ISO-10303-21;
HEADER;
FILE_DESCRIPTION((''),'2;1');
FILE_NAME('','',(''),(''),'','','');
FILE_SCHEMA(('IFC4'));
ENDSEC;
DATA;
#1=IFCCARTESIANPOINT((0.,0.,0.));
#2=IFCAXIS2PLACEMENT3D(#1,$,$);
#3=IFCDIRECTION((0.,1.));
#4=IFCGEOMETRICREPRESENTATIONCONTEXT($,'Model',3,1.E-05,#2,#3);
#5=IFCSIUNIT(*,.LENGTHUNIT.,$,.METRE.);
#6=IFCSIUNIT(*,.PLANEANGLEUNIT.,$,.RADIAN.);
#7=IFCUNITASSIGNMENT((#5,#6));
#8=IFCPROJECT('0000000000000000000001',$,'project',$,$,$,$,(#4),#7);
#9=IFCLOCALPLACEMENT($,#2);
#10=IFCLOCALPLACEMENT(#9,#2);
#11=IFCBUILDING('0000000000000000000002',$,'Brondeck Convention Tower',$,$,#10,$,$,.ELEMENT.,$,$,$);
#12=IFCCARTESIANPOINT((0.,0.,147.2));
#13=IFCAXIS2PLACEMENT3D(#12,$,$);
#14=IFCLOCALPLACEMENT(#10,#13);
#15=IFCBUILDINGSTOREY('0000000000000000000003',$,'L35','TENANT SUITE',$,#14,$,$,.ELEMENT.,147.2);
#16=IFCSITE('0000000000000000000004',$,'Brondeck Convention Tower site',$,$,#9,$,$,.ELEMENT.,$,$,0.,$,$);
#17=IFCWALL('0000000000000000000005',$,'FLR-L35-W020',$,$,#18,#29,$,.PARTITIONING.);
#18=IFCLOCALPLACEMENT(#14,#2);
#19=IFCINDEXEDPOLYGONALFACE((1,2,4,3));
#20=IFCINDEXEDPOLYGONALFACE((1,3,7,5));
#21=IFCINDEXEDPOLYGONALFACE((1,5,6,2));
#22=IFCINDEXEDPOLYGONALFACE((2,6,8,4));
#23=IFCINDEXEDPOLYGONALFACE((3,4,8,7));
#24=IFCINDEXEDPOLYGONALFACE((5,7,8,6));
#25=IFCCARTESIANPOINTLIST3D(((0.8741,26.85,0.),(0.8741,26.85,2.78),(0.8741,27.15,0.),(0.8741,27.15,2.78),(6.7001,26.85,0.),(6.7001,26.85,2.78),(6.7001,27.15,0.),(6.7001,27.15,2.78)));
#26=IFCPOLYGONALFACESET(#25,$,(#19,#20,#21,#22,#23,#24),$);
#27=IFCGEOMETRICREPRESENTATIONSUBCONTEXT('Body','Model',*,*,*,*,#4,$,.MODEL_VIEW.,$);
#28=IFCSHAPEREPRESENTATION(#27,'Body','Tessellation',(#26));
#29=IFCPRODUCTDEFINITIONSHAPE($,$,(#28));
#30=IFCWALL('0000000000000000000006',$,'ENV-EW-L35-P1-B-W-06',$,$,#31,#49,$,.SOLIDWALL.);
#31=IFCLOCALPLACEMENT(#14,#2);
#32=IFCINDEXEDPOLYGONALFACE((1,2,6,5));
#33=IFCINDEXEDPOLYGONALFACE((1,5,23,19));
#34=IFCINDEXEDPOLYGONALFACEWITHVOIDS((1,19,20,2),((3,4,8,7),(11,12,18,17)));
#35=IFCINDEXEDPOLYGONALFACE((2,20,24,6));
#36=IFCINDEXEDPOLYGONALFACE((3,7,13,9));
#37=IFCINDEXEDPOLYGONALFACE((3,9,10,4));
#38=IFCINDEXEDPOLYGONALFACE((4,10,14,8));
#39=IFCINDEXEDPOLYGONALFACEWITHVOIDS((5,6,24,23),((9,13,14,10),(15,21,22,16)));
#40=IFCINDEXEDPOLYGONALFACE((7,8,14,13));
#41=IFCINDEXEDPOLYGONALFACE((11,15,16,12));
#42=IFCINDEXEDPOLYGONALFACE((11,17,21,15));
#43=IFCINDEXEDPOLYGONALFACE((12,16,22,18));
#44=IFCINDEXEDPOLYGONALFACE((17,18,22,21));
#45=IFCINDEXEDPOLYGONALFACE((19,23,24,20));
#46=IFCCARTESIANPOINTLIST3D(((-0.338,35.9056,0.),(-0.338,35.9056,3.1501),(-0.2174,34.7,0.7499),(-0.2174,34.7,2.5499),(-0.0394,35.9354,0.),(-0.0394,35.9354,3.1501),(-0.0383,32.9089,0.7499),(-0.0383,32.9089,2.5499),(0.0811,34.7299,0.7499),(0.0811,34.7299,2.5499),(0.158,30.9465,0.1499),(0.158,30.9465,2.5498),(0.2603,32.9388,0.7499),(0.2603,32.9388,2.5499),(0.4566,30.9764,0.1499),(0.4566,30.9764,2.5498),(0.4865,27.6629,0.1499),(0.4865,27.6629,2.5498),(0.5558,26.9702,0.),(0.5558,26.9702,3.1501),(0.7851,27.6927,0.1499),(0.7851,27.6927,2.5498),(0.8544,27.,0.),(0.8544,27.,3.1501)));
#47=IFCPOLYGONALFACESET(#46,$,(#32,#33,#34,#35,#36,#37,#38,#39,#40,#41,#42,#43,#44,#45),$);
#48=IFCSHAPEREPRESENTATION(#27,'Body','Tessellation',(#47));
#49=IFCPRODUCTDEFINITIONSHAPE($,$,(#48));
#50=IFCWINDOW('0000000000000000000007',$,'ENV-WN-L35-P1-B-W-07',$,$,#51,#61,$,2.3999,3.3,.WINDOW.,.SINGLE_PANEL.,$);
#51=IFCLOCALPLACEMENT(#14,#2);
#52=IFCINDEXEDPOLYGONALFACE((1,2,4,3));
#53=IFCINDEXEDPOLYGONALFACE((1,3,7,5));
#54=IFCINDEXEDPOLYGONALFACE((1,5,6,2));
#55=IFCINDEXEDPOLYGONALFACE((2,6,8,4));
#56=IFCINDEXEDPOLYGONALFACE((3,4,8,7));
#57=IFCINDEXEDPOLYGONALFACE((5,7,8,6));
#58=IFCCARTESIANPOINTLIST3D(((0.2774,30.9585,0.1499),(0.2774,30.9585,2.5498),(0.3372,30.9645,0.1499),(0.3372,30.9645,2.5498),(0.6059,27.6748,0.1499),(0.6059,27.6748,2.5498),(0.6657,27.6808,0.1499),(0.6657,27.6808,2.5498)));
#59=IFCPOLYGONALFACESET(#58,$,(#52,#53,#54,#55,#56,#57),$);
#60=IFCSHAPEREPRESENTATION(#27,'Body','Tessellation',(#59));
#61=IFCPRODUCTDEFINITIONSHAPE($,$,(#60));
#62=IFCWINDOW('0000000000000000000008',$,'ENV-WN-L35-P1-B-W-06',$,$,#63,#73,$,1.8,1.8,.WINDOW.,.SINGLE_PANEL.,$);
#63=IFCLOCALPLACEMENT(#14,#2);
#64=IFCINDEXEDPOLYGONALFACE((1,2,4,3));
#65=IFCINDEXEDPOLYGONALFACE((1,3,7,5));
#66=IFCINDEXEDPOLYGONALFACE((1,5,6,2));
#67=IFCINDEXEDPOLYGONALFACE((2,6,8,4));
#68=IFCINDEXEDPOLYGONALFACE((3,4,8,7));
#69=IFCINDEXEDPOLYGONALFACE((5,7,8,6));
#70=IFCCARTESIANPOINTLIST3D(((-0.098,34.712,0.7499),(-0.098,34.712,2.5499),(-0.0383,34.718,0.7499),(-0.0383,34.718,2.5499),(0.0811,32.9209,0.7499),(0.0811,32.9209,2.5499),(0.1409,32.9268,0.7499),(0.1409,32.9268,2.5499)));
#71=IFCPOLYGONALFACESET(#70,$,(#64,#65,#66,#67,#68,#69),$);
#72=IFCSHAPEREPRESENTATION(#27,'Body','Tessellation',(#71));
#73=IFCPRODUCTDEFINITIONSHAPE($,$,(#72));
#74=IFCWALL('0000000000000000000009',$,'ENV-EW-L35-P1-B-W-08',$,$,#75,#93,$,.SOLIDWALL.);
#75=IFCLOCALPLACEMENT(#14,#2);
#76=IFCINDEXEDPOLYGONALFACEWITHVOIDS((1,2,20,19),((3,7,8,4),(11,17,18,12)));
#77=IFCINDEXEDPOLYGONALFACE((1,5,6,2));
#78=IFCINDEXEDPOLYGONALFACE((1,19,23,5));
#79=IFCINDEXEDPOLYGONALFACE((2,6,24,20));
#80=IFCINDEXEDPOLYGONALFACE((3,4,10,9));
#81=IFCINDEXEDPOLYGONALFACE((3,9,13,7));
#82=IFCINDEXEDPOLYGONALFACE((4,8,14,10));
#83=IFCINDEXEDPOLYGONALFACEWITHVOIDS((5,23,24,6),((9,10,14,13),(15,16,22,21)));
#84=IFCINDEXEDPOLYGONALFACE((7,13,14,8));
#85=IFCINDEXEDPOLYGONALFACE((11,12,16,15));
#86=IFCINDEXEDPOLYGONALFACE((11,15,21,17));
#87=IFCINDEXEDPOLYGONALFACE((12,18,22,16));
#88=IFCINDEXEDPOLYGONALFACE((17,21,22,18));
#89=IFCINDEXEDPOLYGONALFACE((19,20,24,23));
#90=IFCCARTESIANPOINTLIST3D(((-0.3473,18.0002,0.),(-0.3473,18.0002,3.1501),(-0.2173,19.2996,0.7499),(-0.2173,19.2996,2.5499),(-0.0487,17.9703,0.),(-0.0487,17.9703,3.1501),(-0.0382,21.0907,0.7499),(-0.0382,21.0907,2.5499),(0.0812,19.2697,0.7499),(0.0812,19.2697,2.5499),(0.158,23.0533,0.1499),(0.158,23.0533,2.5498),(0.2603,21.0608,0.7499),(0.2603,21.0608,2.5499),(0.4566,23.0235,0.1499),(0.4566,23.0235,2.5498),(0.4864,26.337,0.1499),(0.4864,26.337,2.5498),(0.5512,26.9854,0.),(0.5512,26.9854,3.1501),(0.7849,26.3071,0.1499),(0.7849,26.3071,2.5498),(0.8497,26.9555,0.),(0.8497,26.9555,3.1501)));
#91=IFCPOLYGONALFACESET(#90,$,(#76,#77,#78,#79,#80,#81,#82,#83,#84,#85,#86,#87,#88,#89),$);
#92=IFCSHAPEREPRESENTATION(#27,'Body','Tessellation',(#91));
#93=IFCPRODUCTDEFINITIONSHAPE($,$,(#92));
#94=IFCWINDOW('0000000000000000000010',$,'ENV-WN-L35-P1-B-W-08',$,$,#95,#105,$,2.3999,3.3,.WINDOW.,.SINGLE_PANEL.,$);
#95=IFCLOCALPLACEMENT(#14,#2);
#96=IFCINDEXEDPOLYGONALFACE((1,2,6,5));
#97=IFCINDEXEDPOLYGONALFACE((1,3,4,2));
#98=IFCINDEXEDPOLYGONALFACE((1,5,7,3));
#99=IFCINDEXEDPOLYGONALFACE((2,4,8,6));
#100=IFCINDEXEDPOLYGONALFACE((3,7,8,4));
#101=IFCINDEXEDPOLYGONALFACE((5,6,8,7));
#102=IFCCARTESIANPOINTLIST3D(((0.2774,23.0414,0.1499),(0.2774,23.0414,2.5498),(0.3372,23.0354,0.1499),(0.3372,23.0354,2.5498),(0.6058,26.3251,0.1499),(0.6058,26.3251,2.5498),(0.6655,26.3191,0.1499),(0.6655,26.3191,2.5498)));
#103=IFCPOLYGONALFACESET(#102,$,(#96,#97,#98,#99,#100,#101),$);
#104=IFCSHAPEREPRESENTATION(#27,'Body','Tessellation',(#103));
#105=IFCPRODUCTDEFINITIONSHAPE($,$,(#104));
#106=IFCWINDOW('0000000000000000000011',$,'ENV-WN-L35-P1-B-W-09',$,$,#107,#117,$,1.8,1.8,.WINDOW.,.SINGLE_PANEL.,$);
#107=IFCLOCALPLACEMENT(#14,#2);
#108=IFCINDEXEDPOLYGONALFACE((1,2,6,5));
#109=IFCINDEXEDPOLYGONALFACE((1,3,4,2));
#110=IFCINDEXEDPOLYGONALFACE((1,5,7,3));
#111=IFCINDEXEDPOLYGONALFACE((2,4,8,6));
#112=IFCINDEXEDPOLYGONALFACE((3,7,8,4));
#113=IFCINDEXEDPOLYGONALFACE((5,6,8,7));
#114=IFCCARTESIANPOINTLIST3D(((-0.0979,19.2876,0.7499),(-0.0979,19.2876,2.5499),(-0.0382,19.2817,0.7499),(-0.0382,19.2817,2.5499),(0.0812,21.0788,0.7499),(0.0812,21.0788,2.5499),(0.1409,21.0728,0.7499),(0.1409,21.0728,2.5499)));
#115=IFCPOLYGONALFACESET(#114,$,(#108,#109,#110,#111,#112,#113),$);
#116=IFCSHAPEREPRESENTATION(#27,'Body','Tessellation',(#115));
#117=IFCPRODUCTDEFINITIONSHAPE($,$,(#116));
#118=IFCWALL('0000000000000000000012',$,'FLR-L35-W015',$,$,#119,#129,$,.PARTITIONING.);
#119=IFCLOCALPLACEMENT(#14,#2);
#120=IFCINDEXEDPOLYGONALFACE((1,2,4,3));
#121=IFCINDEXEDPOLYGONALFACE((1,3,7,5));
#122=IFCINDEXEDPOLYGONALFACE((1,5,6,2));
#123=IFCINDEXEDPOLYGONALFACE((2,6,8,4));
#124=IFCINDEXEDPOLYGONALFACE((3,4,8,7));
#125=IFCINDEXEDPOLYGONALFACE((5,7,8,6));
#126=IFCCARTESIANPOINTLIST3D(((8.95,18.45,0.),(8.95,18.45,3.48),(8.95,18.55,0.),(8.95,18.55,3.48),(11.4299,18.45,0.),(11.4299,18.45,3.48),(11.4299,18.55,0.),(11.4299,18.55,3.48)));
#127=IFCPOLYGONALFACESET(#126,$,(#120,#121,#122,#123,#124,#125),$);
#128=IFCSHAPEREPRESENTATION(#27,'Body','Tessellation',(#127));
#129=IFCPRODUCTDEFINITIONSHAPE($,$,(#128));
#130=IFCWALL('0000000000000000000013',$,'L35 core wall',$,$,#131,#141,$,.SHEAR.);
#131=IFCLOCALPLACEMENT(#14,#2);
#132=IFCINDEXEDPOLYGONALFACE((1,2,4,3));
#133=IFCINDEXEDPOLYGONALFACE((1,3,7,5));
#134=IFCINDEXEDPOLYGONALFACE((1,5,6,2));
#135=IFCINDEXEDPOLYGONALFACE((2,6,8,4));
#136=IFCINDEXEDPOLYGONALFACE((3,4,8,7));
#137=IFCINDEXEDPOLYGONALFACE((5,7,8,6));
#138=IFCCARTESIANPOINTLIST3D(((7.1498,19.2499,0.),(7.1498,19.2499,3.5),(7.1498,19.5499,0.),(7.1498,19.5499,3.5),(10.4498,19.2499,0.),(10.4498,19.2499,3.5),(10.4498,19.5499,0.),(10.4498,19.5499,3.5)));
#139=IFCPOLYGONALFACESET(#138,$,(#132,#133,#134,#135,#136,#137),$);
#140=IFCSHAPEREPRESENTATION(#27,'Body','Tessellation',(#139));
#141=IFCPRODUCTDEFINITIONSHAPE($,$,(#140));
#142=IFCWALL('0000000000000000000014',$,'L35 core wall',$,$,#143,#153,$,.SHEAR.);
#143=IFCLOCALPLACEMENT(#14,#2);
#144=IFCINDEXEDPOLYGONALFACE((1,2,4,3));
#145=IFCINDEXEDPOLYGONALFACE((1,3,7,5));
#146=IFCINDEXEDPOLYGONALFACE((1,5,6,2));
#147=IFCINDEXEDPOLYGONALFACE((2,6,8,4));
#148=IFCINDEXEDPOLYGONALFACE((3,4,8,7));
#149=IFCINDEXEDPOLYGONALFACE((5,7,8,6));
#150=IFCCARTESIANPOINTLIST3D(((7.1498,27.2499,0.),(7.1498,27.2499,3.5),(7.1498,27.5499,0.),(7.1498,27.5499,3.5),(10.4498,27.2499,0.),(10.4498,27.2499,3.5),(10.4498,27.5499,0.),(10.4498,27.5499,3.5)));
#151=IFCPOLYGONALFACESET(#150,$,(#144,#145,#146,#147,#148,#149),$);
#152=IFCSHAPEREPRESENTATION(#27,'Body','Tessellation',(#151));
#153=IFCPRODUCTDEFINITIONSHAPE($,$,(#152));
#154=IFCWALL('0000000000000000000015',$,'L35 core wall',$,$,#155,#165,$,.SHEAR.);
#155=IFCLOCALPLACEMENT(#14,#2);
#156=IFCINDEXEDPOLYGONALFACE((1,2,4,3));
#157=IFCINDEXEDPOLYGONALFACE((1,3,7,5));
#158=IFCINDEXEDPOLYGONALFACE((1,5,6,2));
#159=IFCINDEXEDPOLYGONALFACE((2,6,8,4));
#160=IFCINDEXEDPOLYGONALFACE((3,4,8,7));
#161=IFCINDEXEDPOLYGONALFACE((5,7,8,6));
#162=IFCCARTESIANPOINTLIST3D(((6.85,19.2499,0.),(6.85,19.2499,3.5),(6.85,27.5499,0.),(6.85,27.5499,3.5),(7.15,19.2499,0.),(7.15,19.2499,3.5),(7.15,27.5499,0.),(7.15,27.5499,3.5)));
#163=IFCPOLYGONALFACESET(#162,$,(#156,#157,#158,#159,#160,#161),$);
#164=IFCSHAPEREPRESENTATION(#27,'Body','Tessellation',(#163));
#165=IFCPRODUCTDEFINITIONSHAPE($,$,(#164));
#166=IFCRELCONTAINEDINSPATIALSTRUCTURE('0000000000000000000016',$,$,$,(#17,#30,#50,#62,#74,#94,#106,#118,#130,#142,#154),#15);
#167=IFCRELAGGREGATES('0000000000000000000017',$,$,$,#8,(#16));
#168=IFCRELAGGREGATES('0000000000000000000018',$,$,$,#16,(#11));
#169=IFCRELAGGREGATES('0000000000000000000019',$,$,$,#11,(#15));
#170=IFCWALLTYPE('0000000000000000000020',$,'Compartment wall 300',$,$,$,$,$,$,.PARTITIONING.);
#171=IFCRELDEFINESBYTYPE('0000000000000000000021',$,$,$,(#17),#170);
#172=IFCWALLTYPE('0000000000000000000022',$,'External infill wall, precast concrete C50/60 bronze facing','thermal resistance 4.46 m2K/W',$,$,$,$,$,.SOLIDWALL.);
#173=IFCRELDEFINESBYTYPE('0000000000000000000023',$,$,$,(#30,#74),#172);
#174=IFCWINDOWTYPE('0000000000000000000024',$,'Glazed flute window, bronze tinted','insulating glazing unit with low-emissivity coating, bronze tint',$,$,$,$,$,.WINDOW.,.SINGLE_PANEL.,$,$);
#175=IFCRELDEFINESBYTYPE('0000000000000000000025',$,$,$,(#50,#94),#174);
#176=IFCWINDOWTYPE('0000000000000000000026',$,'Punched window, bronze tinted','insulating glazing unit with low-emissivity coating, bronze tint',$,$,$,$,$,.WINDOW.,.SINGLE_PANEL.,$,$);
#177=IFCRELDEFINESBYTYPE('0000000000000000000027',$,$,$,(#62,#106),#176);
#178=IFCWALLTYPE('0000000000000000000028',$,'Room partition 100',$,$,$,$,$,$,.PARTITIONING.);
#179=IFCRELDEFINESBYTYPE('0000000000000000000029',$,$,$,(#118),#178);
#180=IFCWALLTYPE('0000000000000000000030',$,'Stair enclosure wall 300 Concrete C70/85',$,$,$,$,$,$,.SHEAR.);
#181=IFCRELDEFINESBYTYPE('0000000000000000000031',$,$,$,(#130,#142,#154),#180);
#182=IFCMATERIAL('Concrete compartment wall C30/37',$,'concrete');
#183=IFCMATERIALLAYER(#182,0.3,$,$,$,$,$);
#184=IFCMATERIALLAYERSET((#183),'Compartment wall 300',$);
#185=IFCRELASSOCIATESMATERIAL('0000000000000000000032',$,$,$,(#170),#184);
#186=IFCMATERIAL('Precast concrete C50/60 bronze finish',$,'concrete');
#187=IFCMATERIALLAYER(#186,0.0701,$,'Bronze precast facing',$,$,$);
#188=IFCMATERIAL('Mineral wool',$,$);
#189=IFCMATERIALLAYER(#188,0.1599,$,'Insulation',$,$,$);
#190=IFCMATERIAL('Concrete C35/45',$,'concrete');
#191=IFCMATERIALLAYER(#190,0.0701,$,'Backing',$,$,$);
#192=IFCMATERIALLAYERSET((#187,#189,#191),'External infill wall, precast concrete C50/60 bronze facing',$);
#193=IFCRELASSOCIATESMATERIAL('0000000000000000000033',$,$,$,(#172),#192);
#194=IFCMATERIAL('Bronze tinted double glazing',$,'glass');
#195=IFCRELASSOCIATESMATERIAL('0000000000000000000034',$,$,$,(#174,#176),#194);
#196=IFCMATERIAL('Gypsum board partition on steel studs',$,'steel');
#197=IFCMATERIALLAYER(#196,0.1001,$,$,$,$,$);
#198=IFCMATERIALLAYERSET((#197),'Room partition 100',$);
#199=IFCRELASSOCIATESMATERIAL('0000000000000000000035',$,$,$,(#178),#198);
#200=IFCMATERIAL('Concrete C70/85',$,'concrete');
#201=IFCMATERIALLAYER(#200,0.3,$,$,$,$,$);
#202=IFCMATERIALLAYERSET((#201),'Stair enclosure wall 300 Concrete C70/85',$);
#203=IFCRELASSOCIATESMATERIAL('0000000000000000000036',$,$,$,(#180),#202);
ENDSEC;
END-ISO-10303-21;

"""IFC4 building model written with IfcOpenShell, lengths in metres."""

from ifc_helpers import new_model, si_unit, direction, frame, frame_2d, origin, place, context, subcontext, project, spatial, rectangle, extrude, material, layer, layer_set, type_object, element, fill, save


model = new_model("IFC4")

# Units and contexts
model_context = context("Model", 3, precision=1e-05, world=origin(), true_north=direction((0.0, 1.0)))
body_context = subcontext(model_context, "Body", "Model", "MODEL_VIEW")
ifc_project = project(units=[si_unit("LENGTHUNIT", "METRE"), si_unit("PLANEANGLEUNIT", "RADIAN")], contexts=[model_context])

# Site, building, storey
site_placement = place(None, origin())
site = spatial("IfcSite", under=ifc_project, at=site_placement, Name="Brondeck Convention Tower site", CompositionType="ELEMENT", RefElevation=0.0)
building_placement = place(site_placement, origin())
building = spatial("IfcBuilding", under=site, at=building_placement, Name="Brondeck Convention Tower", CompositionType="ELEMENT")
storey_placement = place(building_placement, frame((0.0, 0.0, 147.2)))
storey = spatial("IfcBuildingStorey", under=building, at=storey_placement, Name="L35", Description="TENANT SUITE", CompositionType="ELEMENT", Elevation=147.2)

# Shared definitions
ifc_material_1 = material(Name="Concrete C70/85", Category="concrete")

# Wall
ifc_material_2 = material(Name="Concrete compartment wall C30/37", Category="concrete")
ifc_layer_1 = layer(ifc_material_2, 0.3)
ifc_layer_set_1 = layer_set([ifc_layer_1], Name="Compartment wall 300")
wall_type_1 = type_object("IfcWallType", Name="Compartment wall 300", PredefinedType="PARTITIONING", material=ifc_layer_set_1)
wall_1_placement = place(storey_placement, frame((0.874, 27.0, 0.0), z_axis=(0.0, 0.0, 1.0), x_axis=(1.0, 0.0, 0.0)))
element("IfcWall", 1, at=wall_1_placement, inside=storey, type_object=wall_type_1, Name="FLR-L35-W020", PredefinedType="PARTITIONING", context=body_context, shape_type="SweptSolid", body=[
    extrude(rectangle(XDim=5.8259, YDim=0.3, at=frame_2d((2.9131, 0.0))), origin(), (0.0, 0.0, 1.0), 2.78),
])

# Walls, openings, windows
ifc_material_3 = material(Name="Precast concrete C50/60 bronze finish", Category="concrete")
ifc_layer_2 = layer(ifc_material_3, 0.0701, Name="Bronze precast facing")
ifc_material_4 = material(Name="Mineral wool")
ifc_layer_3 = layer(ifc_material_4, 0.1599, Name="Insulation")
ifc_material_5 = material(Name="Concrete C35/45", Category="concrete")
ifc_layer_4 = layer(ifc_material_5, 0.0701, Name="Backing")
ifc_layer_set_2 = layer_set([ifc_layer_2, ifc_layer_3, ifc_layer_4], Name="External infill wall, precast concrete C50/60 bronze facing")
wall_type_2 = type_object("IfcWallType", Name="External infill wall, precast concrete C50/60 bronze facing", Description="thermal resistance 4.46 m2K/W", PredefinedType="SOLIDWALL", material=ifc_layer_set_2)
wall_2_placement = place(storey_placement, frame((0.7051, 26.9851, 0.0), z_axis=(0.0, 0.0, 1.0), x_axis=(-0.099533, 0.995034, 0.0)))
wall_2 = element("IfcWall", 2, at=wall_2_placement, inside=storey, type_object=wall_type_2, Name="ENV-EW-L35-P1-B-W-06", PredefinedType="SOLIDWALL", context=body_context, shape_type="SweptSolid", body=[
    extrude(rectangle(XDim=8.98, YDim=0.3, at=frame_2d((4.49, 0.0))), origin(), (0.0, 0.0, 1.0), 3.1501),
])
opening_1_placement = place(wall_2_placement, frame((0.6963, 0.0, 0.1499)))
opening_1 = element("IfcOpeningElement", 3, at=opening_1_placement, cuts=wall_2, PredefinedType="OPENING", context=body_context, shape_type="SweptSolid", body=[
    extrude(rectangle(XDim=3.3, YDim=2.3999, at=frame_2d((1.6499, 1.2))), frame((0.0, 0.1599, 0.0), z_axis=(0.0, -1.0, 0.0), x_axis=(1.0, 0.0, 0.0)), (0.0, 0.0, 1.0), 0.3201),
])
opening_2_placement = place(wall_2_placement, frame((5.9685, 0.0, 0.75)))
opening_2 = element("IfcOpeningElement", 4, at=opening_2_placement, cuts=wall_2, PredefinedType="OPENING", context=body_context, shape_type="SweptSolid", body=[
    extrude(rectangle(XDim=1.8, YDim=1.8, at=frame_2d((0.8999, 0.8999))), frame((0.0, 0.1599, 0.0), z_axis=(0.0, -1.0, 0.0), x_axis=(1.0, 0.0, 0.0)), (0.0, 0.0, 1.0), 0.3201),
])
ifc_material_6 = material(Name="Bronze tinted double glazing", Category="glass")
window_type_1 = type_object("IfcWindowType", Name="Glazed flute window, bronze tinted", Description="insulating glazing unit with low-emissivity coating, bronze tint", PartitioningType="SINGLE_PANEL", PredefinedType="WINDOW", material=ifc_material_6)
window_1_placement = place(opening_1_placement, origin())
window_1 = element("IfcWindow", 5, at=window_1_placement, inside=storey, type_object=window_type_1, Name="ENV-WN-L35-P1-B-W-07", OverallHeight=2.3999, OverallWidth=3.3, PartitioningType="SINGLE_PANEL", PredefinedType="WINDOW", context=body_context, shape_type="SweptSolid", body=[
    extrude(rectangle(XDim=3.3, YDim=2.3999, at=frame_2d((1.6499, 1.2))), frame((0.0, 0.03, 0.0), z_axis=(0.0, -1.0, 0.0), x_axis=(1.0, 0.0, 0.0)), (0.0, 0.0, 1.0), 0.0601),
])
fill(opening_1, window_1)
window_type_2 = type_object("IfcWindowType", Name="Punched window, bronze tinted", Description="insulating glazing unit with low-emissivity coating, bronze tint", PartitioningType="SINGLE_PANEL", PredefinedType="WINDOW", material=ifc_material_6)
window_2_placement = place(opening_2_placement, origin())
window_2 = element("IfcWindow", 6, at=window_2_placement, inside=storey, type_object=window_type_2, Name="ENV-WN-L35-P1-B-W-06", OverallHeight=1.8, OverallWidth=1.8, PartitioningType="SINGLE_PANEL", PredefinedType="WINDOW", context=body_context, shape_type="SweptSolid", body=[
    extrude(rectangle(XDim=1.8, YDim=1.8, at=frame_2d((0.8999, 0.8999))), frame((0.0, 0.03, 0.0), z_axis=(0.0, -1.0, 0.0), x_axis=(1.0, 0.0, 0.0)), (0.0, 0.0, 1.0), 0.0601),
])
fill(opening_2, window_2)
wall_3_placement = place(storey_placement, frame((-0.198, 17.9851, 0.0), z_axis=(0.0, 0.0, 1.0), x_axis=(0.099496, 0.995038, 0.0)))
wall_3 = element("IfcWall", 7, at=wall_3_placement, inside=storey, type_object=wall_type_2, Name="ENV-EW-L35-P1-B-W-08", PredefinedType="SOLIDWALL", context=body_context, shape_type="SweptSolid", body=[
    extrude(rectangle(XDim=9.03, YDim=0.3, at=frame_2d((4.5151, 0.0))), origin(), (0.0, 0.0, 1.0), 3.1501),
])
opening_3_placement = place(wall_3_placement, frame((1.3062, 0.0, 0.75)))
opening_3 = element("IfcOpeningElement", 8, at=opening_3_placement, cuts=wall_3, PredefinedType="OPENING", context=body_context, shape_type="SweptSolid", body=[
    extrude(rectangle(XDim=1.8, YDim=1.8, at=frame_2d((0.8999, 0.8999))), frame((0.0, 0.1599, 0.0), z_axis=(0.0, -1.0, 0.0), x_axis=(1.0, 0.0, 0.0)), (0.0, 0.0, 1.0), 0.3201),
])
opening_4_placement = place(wall_3_placement, frame((5.0786, 0.0, 0.1499)))
opening_4 = element("IfcOpeningElement", 9, at=opening_4_placement, cuts=wall_3, PredefinedType="OPENING", context=body_context, shape_type="SweptSolid", body=[
    extrude(rectangle(XDim=3.3, YDim=2.3999, at=frame_2d((1.6499, 1.2))), frame((0.0, 0.1599, 0.0), z_axis=(0.0, -1.0, 0.0), x_axis=(1.0, 0.0, 0.0)), (0.0, 0.0, 1.0), 0.3201),
])
window_3_placement = place(opening_4_placement, origin())
window_3 = element("IfcWindow", 10, at=window_3_placement, inside=storey, type_object=window_type_1, Name="ENV-WN-L35-P1-B-W-08", OverallHeight=2.3999, OverallWidth=3.3, PartitioningType="SINGLE_PANEL", PredefinedType="WINDOW", context=body_context, shape_type="SweptSolid", body=[
    extrude(rectangle(XDim=3.3, YDim=2.3999, at=frame_2d((1.6499, 1.2))), frame((0.0, 0.03, 0.0), z_axis=(0.0, -1.0, 0.0), x_axis=(1.0, 0.0, 0.0)), (0.0, 0.0, 1.0), 0.0601),
])
fill(opening_4, window_3)
window_4_placement = place(opening_3_placement, origin())
window_4 = element("IfcWindow", 11, at=window_4_placement, inside=storey, type_object=window_type_2, Name="ENV-WN-L35-P1-B-W-09", OverallHeight=1.8, OverallWidth=1.8, PartitioningType="SINGLE_PANEL", PredefinedType="WINDOW", context=body_context, shape_type="SweptSolid", body=[
    extrude(rectangle(XDim=1.8, YDim=1.8, at=frame_2d((0.8999, 0.8999))), frame((0.0, 0.03, 0.0), z_axis=(0.0, -1.0, 0.0), x_axis=(1.0, 0.0, 0.0)), (0.0, 0.0, 1.0), 0.0601),
])
fill(opening_3, window_4)

# Walls
ifc_material_7 = material(Name="Gypsum board partition on steel studs", Category="steel")
ifc_layer_5 = layer(ifc_material_7, 0.1001)
ifc_layer_set_3 = layer_set([ifc_layer_5], Name="Room partition 100")
wall_type_3 = type_object("IfcWallType", Name="Room partition 100", PredefinedType="PARTITIONING", material=ifc_layer_set_3)
wall_4_placement = place(storey_placement, frame((8.95, 18.5, 0.0), z_axis=(0.0, 0.0, 1.0), x_axis=(1.0, 0.0, 0.0)))
element("IfcWall", 12, at=wall_4_placement, inside=storey, type_object=wall_type_3, Name="FLR-L35-W015", PredefinedType="PARTITIONING", context=body_context, shape_type="SweptSolid", body=[
    extrude(rectangle(XDim=2.48, YDim=0.1001, at=frame_2d((1.24, 0.0))), origin(), (0.0, 0.0, 1.0), 3.48),
])
ifc_layer_6 = layer(ifc_material_1, 0.3)
ifc_layer_set_4 = layer_set([ifc_layer_6], Name="Stair enclosure wall 300 Concrete C70/85")
wall_type_4 = type_object("IfcWallType", Name="Stair enclosure wall 300 Concrete C70/85", PredefinedType="SHEAR", material=ifc_layer_set_4)
for number, where, z_axis, x_axis, name in (
    (13, (7.1499, 19.3999, 0.0), (0.0, 0.0, 1.0), (1.0, 0.0, 0.0), "L35 core wall"),
    (14, (7.1499, 27.3999, 0.0), (0.0, 0.0, 1.0), (1.0, 0.0, 0.0), "L35 core wall"),
):
    element("IfcWall", number, at=place(storey_placement, frame(where, z_axis=z_axis, x_axis=x_axis)), inside=storey, type_object=wall_type_4, Name=name, PredefinedType="SHEAR", context=body_context, shape_type="SweptSolid", body=[
        extrude(rectangle(XDim=3.3, YDim=0.3, at=frame_2d((1.6499, 0.0))), origin(), (0.0, 0.0, 1.0), 3.5),
    ])
wall_5_placement = place(storey_placement, frame((7.0, 19.25, 0.0), z_axis=(0.0, 0.0, 1.0), x_axis=(0.0, 1.0, 0.0)))
element("IfcWall", 15, at=wall_5_placement, inside=storey, type_object=wall_type_4, Name="L35 core wall", PredefinedType="SHEAR", context=body_context, shape_type="SweptSolid", body=[
    extrude(rectangle(XDim=8.3, YDim=0.3, at=frame_2d((4.1499, 0.0))), origin(), (0.0, 0.0, 1.0), 3.5),
])

save(model, "model.ifc")
